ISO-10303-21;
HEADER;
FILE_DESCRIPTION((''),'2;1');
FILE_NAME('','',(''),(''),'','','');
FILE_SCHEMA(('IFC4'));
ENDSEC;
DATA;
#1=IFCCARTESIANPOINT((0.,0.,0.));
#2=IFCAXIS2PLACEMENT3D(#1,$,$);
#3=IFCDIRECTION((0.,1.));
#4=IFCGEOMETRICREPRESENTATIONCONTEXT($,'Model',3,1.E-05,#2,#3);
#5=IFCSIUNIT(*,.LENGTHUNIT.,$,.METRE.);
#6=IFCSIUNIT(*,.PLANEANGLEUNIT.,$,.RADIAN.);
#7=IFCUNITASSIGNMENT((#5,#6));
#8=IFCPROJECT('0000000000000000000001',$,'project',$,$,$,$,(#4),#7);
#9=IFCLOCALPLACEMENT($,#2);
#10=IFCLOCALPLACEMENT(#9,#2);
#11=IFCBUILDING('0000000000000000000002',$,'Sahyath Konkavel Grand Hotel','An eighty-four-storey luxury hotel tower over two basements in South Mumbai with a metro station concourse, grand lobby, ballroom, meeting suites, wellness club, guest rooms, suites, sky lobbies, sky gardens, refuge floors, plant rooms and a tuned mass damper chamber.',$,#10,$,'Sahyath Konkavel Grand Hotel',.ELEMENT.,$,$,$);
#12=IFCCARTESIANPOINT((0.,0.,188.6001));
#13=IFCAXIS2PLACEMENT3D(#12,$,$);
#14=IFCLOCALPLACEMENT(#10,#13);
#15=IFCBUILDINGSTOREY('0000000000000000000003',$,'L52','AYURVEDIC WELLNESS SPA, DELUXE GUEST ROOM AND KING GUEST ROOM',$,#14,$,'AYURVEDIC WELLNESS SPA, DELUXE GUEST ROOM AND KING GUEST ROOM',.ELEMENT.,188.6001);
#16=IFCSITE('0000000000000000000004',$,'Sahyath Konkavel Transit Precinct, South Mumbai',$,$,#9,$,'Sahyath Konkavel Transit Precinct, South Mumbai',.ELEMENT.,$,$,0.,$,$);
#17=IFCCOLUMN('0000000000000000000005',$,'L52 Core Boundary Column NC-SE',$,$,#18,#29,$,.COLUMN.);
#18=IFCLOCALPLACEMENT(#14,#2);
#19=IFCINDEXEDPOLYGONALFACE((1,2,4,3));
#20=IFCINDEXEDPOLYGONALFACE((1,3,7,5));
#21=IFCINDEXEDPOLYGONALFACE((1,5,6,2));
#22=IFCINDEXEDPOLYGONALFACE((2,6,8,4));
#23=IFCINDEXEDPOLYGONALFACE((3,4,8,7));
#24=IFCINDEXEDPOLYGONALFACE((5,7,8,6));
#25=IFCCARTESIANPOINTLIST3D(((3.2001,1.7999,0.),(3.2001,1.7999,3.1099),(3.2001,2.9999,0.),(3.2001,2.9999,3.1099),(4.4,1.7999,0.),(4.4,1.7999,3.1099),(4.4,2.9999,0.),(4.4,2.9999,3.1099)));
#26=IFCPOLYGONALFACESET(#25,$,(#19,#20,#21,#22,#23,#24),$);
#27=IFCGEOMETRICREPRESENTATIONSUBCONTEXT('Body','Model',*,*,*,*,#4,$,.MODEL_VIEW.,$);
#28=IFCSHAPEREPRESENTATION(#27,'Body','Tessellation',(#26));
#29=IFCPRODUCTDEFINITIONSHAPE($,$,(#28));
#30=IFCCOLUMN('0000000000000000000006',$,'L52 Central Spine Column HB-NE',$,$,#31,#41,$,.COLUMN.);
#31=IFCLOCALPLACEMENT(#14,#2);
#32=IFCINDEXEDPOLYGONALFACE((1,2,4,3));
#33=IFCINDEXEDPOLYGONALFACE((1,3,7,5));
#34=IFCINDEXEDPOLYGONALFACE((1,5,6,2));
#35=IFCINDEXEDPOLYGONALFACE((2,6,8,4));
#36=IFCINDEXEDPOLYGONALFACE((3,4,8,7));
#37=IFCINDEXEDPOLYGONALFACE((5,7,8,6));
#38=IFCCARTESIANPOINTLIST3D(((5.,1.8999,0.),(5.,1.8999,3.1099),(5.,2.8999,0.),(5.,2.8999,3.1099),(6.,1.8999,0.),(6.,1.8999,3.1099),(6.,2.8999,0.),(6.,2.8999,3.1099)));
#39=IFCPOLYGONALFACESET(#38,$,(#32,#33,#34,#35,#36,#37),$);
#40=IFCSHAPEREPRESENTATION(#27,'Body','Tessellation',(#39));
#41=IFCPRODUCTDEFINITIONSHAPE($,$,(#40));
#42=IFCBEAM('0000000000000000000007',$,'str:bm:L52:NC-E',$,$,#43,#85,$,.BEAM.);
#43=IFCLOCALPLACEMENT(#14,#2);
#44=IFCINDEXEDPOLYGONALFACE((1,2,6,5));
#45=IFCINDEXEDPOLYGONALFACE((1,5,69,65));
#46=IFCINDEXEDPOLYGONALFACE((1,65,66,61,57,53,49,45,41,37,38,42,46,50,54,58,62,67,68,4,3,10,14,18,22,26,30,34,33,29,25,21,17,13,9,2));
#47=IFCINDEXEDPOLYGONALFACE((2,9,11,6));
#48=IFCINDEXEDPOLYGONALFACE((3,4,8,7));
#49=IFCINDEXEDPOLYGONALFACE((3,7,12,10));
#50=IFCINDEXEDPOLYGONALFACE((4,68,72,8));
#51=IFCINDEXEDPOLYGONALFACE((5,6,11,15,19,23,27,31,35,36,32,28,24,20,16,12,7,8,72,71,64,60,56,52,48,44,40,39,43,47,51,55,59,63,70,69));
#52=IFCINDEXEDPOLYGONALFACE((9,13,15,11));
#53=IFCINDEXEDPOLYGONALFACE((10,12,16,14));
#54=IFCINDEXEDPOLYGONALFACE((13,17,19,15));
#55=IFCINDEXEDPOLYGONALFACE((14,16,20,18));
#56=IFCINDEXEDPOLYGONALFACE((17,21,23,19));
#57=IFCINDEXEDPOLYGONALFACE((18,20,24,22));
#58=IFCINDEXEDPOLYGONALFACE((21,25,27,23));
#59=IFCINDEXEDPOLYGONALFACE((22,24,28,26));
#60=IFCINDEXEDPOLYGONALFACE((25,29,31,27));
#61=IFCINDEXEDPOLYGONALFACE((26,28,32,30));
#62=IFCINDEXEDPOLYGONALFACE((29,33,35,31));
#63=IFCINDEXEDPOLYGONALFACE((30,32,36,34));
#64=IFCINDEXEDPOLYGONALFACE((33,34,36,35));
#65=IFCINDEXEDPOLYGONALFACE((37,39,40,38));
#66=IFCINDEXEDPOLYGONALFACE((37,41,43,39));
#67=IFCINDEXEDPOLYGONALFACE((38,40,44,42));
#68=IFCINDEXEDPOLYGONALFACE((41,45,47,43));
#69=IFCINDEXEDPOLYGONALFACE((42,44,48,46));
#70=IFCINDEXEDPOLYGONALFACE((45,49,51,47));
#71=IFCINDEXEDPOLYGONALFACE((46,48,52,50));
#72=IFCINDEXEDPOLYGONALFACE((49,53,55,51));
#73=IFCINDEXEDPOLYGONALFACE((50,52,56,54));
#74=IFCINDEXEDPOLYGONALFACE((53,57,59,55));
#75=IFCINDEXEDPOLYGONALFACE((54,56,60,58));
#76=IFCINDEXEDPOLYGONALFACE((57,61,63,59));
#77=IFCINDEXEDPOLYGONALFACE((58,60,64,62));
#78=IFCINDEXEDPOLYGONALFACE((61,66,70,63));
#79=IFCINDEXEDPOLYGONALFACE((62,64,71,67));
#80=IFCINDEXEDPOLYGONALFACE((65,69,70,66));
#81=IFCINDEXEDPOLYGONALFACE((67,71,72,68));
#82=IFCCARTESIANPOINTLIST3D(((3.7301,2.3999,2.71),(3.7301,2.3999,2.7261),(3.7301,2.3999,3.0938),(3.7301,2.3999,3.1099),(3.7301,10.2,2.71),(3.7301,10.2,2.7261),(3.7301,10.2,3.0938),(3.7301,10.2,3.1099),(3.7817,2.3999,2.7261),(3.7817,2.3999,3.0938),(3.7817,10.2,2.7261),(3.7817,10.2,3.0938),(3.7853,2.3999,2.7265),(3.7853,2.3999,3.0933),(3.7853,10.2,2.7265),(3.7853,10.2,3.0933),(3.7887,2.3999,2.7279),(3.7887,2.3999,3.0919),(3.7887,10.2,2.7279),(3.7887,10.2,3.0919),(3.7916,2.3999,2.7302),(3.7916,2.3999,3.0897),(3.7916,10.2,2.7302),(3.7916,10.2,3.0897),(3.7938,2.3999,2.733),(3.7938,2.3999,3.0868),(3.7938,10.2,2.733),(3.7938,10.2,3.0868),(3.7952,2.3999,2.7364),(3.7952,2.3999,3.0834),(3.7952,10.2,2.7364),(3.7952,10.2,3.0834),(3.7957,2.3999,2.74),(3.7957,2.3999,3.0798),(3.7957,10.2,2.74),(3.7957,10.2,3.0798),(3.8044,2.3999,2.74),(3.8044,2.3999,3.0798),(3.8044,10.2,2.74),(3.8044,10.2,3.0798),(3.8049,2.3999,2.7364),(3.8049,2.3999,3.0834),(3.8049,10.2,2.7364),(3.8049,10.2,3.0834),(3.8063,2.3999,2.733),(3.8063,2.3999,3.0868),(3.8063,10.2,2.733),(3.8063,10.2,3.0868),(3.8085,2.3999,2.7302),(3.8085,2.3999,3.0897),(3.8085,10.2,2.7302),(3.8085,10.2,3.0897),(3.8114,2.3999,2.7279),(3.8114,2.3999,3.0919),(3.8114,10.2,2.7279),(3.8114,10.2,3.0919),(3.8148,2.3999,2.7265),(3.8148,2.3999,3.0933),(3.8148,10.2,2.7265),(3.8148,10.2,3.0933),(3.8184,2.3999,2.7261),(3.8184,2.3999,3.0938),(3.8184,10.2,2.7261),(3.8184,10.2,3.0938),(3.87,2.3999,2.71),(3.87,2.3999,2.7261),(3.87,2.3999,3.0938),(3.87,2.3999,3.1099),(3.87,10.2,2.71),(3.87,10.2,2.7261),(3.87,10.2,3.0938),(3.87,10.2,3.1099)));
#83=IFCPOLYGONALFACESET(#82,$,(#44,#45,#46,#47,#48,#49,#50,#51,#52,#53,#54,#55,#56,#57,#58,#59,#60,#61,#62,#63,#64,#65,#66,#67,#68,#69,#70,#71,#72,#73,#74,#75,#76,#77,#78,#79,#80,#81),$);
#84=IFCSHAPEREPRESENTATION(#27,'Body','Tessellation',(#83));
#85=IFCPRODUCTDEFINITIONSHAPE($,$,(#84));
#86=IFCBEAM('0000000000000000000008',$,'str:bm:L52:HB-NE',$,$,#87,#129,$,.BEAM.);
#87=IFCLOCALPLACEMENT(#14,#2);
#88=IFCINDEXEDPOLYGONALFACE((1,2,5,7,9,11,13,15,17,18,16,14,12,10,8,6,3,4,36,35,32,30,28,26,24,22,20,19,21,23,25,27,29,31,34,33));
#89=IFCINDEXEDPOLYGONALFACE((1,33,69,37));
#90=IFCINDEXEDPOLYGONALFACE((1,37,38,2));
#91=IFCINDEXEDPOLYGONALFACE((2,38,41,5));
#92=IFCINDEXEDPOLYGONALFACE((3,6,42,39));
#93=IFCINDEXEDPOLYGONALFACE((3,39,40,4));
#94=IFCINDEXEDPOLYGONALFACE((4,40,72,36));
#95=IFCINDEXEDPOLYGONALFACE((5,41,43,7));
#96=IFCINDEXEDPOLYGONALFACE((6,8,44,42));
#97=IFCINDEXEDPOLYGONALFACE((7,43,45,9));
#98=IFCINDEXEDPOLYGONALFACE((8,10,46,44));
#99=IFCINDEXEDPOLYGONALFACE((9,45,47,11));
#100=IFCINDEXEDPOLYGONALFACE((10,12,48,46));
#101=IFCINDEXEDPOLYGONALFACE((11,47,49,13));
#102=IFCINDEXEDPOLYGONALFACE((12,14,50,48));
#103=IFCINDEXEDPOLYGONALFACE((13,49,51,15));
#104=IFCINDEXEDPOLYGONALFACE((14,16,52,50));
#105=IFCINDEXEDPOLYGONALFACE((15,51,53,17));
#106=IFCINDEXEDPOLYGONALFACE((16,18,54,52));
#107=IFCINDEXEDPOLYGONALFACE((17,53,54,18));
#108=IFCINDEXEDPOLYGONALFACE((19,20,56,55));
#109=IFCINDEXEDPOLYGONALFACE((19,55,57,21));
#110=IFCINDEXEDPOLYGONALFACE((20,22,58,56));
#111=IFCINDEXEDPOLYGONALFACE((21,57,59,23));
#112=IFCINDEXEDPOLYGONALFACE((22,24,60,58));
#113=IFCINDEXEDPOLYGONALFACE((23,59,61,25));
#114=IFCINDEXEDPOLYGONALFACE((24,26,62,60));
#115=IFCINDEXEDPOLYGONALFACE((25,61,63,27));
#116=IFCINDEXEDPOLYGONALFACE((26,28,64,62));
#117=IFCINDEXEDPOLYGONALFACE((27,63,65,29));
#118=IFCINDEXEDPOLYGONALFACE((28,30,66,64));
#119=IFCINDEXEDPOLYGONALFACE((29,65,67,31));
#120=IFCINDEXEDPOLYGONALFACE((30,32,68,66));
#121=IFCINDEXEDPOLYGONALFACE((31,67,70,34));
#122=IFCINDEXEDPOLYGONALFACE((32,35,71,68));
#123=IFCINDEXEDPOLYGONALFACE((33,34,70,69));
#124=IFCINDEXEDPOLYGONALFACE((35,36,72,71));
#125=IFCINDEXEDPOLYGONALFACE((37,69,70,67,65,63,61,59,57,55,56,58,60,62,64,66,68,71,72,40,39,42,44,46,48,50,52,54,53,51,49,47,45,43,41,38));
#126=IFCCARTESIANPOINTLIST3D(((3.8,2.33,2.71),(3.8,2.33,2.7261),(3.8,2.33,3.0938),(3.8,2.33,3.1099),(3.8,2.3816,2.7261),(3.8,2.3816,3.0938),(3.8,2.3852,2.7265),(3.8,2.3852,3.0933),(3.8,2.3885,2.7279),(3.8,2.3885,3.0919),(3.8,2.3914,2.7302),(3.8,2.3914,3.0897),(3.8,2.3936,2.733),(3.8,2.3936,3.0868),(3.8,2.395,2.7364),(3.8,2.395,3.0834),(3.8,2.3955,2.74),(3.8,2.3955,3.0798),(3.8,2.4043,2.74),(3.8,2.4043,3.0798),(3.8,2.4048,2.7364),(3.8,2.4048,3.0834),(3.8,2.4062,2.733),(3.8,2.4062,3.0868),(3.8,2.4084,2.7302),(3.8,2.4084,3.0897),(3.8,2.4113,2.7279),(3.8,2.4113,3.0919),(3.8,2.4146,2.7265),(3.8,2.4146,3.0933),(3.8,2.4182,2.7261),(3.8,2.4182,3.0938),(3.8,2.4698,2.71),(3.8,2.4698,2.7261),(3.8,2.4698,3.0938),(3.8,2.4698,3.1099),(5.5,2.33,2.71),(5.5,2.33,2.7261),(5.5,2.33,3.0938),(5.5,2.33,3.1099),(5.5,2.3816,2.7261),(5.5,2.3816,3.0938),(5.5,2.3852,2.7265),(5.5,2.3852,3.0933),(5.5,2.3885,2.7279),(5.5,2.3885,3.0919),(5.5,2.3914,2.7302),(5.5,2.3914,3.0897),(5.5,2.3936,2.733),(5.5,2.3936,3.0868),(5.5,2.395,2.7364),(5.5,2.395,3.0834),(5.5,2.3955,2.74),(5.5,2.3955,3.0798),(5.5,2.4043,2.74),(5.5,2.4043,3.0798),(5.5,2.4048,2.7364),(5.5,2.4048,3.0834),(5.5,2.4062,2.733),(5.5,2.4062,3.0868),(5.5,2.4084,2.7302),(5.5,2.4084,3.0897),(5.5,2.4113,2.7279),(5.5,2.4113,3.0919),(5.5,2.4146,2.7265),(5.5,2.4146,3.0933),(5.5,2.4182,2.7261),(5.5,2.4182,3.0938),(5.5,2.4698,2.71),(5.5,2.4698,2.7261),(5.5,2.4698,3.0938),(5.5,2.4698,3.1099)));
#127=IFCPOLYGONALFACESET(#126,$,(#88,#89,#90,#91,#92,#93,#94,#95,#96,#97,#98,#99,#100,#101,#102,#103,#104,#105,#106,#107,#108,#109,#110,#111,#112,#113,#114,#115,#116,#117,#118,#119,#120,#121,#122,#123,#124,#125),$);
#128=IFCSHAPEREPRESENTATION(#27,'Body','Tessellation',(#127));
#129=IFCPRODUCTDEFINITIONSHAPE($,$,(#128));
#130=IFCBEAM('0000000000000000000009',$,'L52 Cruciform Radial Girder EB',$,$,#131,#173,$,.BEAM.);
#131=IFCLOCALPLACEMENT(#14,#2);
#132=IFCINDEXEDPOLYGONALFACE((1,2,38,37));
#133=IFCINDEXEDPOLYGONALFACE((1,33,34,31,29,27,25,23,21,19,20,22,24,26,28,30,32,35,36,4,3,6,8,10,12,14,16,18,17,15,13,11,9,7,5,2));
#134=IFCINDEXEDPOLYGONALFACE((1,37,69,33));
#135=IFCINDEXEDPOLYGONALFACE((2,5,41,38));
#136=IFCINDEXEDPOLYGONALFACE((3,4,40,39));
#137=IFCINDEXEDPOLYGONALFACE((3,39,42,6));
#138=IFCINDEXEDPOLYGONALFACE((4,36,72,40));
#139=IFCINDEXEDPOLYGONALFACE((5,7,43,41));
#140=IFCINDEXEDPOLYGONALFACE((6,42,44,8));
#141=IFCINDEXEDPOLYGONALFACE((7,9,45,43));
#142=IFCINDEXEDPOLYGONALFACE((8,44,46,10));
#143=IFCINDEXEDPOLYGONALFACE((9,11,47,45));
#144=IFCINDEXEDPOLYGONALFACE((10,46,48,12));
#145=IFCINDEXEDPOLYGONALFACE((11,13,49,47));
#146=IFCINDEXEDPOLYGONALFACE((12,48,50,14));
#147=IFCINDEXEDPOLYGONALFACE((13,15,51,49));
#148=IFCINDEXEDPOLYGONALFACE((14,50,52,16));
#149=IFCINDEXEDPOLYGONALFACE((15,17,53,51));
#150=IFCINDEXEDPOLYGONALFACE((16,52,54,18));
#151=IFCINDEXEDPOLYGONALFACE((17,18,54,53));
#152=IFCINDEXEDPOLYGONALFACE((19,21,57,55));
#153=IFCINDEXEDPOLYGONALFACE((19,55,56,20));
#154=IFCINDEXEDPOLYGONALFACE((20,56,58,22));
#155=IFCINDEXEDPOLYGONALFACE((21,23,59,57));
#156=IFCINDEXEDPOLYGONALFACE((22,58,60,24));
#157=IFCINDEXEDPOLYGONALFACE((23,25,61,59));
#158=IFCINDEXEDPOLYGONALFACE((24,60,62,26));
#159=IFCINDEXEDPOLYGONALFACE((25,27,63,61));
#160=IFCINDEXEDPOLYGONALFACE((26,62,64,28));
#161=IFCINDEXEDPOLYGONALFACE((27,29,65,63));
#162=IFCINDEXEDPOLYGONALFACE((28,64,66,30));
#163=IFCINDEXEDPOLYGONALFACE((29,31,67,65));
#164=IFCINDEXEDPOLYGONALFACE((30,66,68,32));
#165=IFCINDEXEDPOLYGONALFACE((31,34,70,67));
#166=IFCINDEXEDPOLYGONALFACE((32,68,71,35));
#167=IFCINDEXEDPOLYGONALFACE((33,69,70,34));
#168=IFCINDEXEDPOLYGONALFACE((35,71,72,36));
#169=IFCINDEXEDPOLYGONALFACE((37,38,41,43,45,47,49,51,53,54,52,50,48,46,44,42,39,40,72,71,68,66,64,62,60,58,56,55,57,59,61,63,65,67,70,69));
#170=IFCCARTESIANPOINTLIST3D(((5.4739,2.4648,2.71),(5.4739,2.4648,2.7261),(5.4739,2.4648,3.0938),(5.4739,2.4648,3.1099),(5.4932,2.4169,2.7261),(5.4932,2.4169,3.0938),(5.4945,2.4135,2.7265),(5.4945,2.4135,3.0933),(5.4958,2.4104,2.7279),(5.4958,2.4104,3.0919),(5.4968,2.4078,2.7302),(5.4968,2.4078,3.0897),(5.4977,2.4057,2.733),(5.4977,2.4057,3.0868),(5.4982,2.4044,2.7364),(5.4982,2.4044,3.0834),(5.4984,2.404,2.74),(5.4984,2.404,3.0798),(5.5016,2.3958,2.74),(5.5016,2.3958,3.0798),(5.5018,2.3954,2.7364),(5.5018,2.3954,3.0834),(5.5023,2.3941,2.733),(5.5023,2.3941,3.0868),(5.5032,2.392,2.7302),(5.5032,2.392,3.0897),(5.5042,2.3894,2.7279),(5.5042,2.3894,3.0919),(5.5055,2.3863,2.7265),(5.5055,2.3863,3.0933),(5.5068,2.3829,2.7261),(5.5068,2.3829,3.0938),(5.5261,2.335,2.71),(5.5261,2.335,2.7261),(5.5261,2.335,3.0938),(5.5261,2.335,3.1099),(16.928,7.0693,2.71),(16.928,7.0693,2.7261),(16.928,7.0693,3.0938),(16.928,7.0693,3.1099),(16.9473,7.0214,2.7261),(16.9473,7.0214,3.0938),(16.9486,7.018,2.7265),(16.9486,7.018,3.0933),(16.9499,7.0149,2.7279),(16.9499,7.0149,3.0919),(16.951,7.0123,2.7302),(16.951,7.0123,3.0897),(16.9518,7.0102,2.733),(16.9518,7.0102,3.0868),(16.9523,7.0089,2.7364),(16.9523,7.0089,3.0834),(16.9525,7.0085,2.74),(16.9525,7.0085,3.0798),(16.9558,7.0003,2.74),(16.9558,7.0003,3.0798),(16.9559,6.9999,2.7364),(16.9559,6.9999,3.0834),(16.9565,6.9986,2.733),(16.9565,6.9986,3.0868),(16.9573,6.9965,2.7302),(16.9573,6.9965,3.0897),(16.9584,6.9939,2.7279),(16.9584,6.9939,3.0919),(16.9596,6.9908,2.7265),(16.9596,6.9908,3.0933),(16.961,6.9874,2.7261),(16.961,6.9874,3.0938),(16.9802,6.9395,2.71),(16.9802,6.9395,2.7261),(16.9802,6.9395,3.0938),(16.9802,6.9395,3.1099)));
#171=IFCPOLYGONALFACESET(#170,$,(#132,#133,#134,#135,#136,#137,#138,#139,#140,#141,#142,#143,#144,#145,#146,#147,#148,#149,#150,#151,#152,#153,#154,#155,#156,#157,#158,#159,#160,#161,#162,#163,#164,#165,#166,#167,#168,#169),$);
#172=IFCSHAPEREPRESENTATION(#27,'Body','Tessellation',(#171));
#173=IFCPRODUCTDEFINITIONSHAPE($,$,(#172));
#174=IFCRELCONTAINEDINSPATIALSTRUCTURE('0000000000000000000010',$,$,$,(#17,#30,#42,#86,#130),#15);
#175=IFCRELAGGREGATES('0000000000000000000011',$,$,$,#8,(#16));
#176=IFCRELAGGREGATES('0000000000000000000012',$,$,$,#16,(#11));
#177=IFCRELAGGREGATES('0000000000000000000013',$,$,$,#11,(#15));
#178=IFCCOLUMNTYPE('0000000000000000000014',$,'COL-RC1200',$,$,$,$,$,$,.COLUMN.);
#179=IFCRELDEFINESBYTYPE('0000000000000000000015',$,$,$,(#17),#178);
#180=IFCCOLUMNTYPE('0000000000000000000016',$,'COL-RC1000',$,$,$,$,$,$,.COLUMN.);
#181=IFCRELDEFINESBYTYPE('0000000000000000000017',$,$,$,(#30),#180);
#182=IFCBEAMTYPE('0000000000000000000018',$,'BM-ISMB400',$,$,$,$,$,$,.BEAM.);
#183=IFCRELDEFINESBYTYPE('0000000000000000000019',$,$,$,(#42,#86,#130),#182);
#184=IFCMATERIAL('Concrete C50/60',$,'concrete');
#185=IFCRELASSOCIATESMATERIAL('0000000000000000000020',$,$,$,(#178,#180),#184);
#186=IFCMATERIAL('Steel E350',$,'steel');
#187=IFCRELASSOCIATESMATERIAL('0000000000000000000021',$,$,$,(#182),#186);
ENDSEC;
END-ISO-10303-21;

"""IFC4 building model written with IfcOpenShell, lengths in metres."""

from ifc_helpers import new_model, si_unit, direction, frame, origin, origin_2d, place, context, subcontext, project, spatial, rectangle, i_section, extrude, source, transform, mapped, material, material_profile, profile_set, type_object, element, save


model = new_model("IFC4")

# Units and contexts
model_context = context("Model", 3, precision=1e-05, world=origin(), true_north=direction((0.0, 1.0)))
body_context = subcontext(model_context, "Body", "Model", "MODEL_VIEW")
ifc_project = project(units=[si_unit("LENGTHUNIT", "METRE"), si_unit("PLANEANGLEUNIT", "RADIAN")], contexts=[model_context])

# Site, building, storey
site_placement = place(None, origin())
site = spatial("IfcSite", under=ifc_project, at=site_placement, Name="Sahyath Konkavel Transit Precinct, South Mumbai", LongName="Sahyath Konkavel Transit Precinct, South Mumbai", CompositionType="ELEMENT", RefElevation=0.0)
building_placement = place(site_placement, origin())
building = spatial("IfcBuilding", under=site, at=building_placement, Name="Sahyath Konkavel Grand Hotel", Description="An eighty-four-storey luxury hotel tower over two basements in South Mumbai with a metro station concourse, grand lobby, ballroom, meeting suites, wellness club, guest rooms, suites, sky lobbies, sky gardens, refuge floors, plant rooms and a tuned mass damper chamber.", LongName="Sahyath Konkavel Grand Hotel", CompositionType="ELEMENT")
storey_placement = place(building_placement, frame((0.0, 0.0, 188.6001)))
storey = spatial("IfcBuildingStorey", under=building, at=storey_placement, Name="L52", Description="AYURVEDIC WELLNESS SPA, DELUXE GUEST ROOM AND KING GUEST ROOM", LongName="AYURVEDIC WELLNESS SPA, DELUXE GUEST ROOM AND KING GUEST ROOM", CompositionType="ELEMENT", Elevation=188.6001)

# Columns
ifc_material_1 = material(Name="Concrete C50/60", Category="concrete")
ifc_material_profile_1 = material_profile(ifc_material_1, rectangle(XDim=1.2, YDim=1.2, at=origin_2d()), Name="RC 1200x1200")
ifc_profile_set_1 = profile_set([ifc_material_profile_1], Name="Concrete C50/60")
column_type_1 = type_object("IfcColumnType", Name="COL-RC1200", PredefinedType="COLUMN", material=ifc_profile_set_1)
shared_shape_1 = source(origin(), body_context, "Body", "SweptSolid", [
    extrude(rectangle(XDim=1.2, YDim=1.2, at=origin_2d()), origin(), (0.0, 0.0, 1.0), 3.1099),
])
column_1_placement = place(storey_placement, frame((3.8, 2.3999, 0.0), z_axis=(0.0, 0.0, 1.0), x_axis=(1.0, 0.0, 0.0)))
element("IfcColumn", 1, at=column_1_placement, inside=storey, type_object=column_type_1, Name="L52 Core Boundary Column NC-SE", PredefinedType="COLUMN", context=body_context, shape_type="MappedRepresentation", body=[
    mapped(shared_shape_1, transform((0.0, 0.0, 0.0), scale=1.0)),
])
ifc_material_profile_2 = material_profile(ifc_material_1, rectangle(XDim=1.0, YDim=1.0, at=origin_2d()), Name="RC 1000x1000")
ifc_profile_set_2 = profile_set([ifc_material_profile_2], Name="Concrete C50/60")
column_type_2 = type_object("IfcColumnType", Name="COL-RC1000", PredefinedType="COLUMN", material=ifc_profile_set_2)
shared_shape_2 = source(origin(), body_context, "Body", "SweptSolid", [
    extrude(rectangle(XDim=1.0, YDim=1.0, at=origin_2d()), origin(), (0.0, 0.0, 1.0), 3.1099),
])
column_2_placement = place(storey_placement, frame((5.5, 2.3999, 0.0), z_axis=(0.0, 0.0, 1.0), x_axis=(1.0, 0.0, 0.0)))
element("IfcColumn", 2, at=column_2_placement, inside=storey, type_object=column_type_2, Name="L52 Central Spine Column HB-NE", PredefinedType="COLUMN", context=body_context, shape_type="MappedRepresentation", body=[
    mapped(shared_shape_2, transform((0.0, 0.0, 0.0), scale=1.0)),
])

# Beams
ifc_material_2 = material(Name="Steel E350", Category="steel")
ifc_material_profile_3 = material_profile(ifc_material_2, i_section(OverallWidth=0.1399, OverallDepth=0.3999, WebThickness=0.0088, FlangeThickness=0.0161, FilletRadius=0.0139, at=origin_2d()), Name="ISMB 400")
ifc_profile_set_3 = profile_set([ifc_material_profile_3], Name="Steel E350")
beam_type = type_object("IfcBeamType", Name="BM-ISMB400", PredefinedType="BEAM", material=ifc_profile_set_3)
shared_shape_3 = source(origin(), body_context, "Body", "SweptSolid", [
    extrude(i_section(OverallWidth=0.1399, OverallDepth=0.3999, WebThickness=0.0088, FlangeThickness=0.0161, FilletRadius=0.0139, at=origin_2d()), origin(), (0.0, 0.0, 1.0), 7.8),
])
beam_1_placement = place(storey_placement, frame((3.8, 2.3999, 2.9099), z_axis=(0.0, 1.0, 0.0), x_axis=(-1.0, 0.0, 0.0)))
element("IfcBeam", 3, at=beam_1_placement, inside=storey, type_object=beam_type, Name="str:bm:L52:NC-E", PredefinedType="BEAM", context=body_context, shape_type="MappedRepresentation", body=[
    mapped(shared_shape_3, transform((0.0, 0.0, 0.0), scale=1.0)),
])
shared_shape_4 = source(origin(), body_context, "Body", "SweptSolid", [
    extrude(i_section(OverallWidth=0.1399, OverallDepth=0.3999, WebThickness=0.0088, FlangeThickness=0.0161, FilletRadius=0.0139, at=origin_2d()), origin(), (0.0, 0.0, 1.0), 1.7),
])
beam_2_placement = place(storey_placement, frame((3.8, 2.3999, 2.9099), z_axis=(1.0, 0.0, 0.0), x_axis=(0.0, 1.0, 0.0)))
element("IfcBeam", 4, at=beam_2_placement, inside=storey, type_object=beam_type, Name="str:bm:L52:HB-NE", PredefinedType="BEAM", context=body_context, shape_type="MappedRepresentation", body=[
    mapped(shared_shape_4, transform((0.0, 0.0, 0.0), scale=1.0)),
])
shared_shape_5 = source(origin(), body_context, "Body", "SweptSolid", [
    extrude(i_section(OverallWidth=0.1399, OverallDepth=0.3999, WebThickness=0.0088, FlangeThickness=0.0161, FilletRadius=0.0139, at=origin_2d()), origin(), (0.0, 0.0, 1.0), 12.345),
])
beam_3_placement = place(storey_placement, frame((5.5, 2.3999, 2.9099), z_axis=(0.927837, 0.372986, 0.0), x_axis=(-0.372986, 0.927837, 0.0)))
element("IfcBeam", 5, at=beam_3_placement, inside=storey, type_object=beam_type, Name="L52 Cruciform Radial Girder EB", PredefinedType="BEAM", context=body_context, shape_type="MappedRepresentation", body=[
    mapped(shared_shape_5, transform((0.0, 0.0, 0.0), scale=1.0)),
])

save(model, "model.ifc")
